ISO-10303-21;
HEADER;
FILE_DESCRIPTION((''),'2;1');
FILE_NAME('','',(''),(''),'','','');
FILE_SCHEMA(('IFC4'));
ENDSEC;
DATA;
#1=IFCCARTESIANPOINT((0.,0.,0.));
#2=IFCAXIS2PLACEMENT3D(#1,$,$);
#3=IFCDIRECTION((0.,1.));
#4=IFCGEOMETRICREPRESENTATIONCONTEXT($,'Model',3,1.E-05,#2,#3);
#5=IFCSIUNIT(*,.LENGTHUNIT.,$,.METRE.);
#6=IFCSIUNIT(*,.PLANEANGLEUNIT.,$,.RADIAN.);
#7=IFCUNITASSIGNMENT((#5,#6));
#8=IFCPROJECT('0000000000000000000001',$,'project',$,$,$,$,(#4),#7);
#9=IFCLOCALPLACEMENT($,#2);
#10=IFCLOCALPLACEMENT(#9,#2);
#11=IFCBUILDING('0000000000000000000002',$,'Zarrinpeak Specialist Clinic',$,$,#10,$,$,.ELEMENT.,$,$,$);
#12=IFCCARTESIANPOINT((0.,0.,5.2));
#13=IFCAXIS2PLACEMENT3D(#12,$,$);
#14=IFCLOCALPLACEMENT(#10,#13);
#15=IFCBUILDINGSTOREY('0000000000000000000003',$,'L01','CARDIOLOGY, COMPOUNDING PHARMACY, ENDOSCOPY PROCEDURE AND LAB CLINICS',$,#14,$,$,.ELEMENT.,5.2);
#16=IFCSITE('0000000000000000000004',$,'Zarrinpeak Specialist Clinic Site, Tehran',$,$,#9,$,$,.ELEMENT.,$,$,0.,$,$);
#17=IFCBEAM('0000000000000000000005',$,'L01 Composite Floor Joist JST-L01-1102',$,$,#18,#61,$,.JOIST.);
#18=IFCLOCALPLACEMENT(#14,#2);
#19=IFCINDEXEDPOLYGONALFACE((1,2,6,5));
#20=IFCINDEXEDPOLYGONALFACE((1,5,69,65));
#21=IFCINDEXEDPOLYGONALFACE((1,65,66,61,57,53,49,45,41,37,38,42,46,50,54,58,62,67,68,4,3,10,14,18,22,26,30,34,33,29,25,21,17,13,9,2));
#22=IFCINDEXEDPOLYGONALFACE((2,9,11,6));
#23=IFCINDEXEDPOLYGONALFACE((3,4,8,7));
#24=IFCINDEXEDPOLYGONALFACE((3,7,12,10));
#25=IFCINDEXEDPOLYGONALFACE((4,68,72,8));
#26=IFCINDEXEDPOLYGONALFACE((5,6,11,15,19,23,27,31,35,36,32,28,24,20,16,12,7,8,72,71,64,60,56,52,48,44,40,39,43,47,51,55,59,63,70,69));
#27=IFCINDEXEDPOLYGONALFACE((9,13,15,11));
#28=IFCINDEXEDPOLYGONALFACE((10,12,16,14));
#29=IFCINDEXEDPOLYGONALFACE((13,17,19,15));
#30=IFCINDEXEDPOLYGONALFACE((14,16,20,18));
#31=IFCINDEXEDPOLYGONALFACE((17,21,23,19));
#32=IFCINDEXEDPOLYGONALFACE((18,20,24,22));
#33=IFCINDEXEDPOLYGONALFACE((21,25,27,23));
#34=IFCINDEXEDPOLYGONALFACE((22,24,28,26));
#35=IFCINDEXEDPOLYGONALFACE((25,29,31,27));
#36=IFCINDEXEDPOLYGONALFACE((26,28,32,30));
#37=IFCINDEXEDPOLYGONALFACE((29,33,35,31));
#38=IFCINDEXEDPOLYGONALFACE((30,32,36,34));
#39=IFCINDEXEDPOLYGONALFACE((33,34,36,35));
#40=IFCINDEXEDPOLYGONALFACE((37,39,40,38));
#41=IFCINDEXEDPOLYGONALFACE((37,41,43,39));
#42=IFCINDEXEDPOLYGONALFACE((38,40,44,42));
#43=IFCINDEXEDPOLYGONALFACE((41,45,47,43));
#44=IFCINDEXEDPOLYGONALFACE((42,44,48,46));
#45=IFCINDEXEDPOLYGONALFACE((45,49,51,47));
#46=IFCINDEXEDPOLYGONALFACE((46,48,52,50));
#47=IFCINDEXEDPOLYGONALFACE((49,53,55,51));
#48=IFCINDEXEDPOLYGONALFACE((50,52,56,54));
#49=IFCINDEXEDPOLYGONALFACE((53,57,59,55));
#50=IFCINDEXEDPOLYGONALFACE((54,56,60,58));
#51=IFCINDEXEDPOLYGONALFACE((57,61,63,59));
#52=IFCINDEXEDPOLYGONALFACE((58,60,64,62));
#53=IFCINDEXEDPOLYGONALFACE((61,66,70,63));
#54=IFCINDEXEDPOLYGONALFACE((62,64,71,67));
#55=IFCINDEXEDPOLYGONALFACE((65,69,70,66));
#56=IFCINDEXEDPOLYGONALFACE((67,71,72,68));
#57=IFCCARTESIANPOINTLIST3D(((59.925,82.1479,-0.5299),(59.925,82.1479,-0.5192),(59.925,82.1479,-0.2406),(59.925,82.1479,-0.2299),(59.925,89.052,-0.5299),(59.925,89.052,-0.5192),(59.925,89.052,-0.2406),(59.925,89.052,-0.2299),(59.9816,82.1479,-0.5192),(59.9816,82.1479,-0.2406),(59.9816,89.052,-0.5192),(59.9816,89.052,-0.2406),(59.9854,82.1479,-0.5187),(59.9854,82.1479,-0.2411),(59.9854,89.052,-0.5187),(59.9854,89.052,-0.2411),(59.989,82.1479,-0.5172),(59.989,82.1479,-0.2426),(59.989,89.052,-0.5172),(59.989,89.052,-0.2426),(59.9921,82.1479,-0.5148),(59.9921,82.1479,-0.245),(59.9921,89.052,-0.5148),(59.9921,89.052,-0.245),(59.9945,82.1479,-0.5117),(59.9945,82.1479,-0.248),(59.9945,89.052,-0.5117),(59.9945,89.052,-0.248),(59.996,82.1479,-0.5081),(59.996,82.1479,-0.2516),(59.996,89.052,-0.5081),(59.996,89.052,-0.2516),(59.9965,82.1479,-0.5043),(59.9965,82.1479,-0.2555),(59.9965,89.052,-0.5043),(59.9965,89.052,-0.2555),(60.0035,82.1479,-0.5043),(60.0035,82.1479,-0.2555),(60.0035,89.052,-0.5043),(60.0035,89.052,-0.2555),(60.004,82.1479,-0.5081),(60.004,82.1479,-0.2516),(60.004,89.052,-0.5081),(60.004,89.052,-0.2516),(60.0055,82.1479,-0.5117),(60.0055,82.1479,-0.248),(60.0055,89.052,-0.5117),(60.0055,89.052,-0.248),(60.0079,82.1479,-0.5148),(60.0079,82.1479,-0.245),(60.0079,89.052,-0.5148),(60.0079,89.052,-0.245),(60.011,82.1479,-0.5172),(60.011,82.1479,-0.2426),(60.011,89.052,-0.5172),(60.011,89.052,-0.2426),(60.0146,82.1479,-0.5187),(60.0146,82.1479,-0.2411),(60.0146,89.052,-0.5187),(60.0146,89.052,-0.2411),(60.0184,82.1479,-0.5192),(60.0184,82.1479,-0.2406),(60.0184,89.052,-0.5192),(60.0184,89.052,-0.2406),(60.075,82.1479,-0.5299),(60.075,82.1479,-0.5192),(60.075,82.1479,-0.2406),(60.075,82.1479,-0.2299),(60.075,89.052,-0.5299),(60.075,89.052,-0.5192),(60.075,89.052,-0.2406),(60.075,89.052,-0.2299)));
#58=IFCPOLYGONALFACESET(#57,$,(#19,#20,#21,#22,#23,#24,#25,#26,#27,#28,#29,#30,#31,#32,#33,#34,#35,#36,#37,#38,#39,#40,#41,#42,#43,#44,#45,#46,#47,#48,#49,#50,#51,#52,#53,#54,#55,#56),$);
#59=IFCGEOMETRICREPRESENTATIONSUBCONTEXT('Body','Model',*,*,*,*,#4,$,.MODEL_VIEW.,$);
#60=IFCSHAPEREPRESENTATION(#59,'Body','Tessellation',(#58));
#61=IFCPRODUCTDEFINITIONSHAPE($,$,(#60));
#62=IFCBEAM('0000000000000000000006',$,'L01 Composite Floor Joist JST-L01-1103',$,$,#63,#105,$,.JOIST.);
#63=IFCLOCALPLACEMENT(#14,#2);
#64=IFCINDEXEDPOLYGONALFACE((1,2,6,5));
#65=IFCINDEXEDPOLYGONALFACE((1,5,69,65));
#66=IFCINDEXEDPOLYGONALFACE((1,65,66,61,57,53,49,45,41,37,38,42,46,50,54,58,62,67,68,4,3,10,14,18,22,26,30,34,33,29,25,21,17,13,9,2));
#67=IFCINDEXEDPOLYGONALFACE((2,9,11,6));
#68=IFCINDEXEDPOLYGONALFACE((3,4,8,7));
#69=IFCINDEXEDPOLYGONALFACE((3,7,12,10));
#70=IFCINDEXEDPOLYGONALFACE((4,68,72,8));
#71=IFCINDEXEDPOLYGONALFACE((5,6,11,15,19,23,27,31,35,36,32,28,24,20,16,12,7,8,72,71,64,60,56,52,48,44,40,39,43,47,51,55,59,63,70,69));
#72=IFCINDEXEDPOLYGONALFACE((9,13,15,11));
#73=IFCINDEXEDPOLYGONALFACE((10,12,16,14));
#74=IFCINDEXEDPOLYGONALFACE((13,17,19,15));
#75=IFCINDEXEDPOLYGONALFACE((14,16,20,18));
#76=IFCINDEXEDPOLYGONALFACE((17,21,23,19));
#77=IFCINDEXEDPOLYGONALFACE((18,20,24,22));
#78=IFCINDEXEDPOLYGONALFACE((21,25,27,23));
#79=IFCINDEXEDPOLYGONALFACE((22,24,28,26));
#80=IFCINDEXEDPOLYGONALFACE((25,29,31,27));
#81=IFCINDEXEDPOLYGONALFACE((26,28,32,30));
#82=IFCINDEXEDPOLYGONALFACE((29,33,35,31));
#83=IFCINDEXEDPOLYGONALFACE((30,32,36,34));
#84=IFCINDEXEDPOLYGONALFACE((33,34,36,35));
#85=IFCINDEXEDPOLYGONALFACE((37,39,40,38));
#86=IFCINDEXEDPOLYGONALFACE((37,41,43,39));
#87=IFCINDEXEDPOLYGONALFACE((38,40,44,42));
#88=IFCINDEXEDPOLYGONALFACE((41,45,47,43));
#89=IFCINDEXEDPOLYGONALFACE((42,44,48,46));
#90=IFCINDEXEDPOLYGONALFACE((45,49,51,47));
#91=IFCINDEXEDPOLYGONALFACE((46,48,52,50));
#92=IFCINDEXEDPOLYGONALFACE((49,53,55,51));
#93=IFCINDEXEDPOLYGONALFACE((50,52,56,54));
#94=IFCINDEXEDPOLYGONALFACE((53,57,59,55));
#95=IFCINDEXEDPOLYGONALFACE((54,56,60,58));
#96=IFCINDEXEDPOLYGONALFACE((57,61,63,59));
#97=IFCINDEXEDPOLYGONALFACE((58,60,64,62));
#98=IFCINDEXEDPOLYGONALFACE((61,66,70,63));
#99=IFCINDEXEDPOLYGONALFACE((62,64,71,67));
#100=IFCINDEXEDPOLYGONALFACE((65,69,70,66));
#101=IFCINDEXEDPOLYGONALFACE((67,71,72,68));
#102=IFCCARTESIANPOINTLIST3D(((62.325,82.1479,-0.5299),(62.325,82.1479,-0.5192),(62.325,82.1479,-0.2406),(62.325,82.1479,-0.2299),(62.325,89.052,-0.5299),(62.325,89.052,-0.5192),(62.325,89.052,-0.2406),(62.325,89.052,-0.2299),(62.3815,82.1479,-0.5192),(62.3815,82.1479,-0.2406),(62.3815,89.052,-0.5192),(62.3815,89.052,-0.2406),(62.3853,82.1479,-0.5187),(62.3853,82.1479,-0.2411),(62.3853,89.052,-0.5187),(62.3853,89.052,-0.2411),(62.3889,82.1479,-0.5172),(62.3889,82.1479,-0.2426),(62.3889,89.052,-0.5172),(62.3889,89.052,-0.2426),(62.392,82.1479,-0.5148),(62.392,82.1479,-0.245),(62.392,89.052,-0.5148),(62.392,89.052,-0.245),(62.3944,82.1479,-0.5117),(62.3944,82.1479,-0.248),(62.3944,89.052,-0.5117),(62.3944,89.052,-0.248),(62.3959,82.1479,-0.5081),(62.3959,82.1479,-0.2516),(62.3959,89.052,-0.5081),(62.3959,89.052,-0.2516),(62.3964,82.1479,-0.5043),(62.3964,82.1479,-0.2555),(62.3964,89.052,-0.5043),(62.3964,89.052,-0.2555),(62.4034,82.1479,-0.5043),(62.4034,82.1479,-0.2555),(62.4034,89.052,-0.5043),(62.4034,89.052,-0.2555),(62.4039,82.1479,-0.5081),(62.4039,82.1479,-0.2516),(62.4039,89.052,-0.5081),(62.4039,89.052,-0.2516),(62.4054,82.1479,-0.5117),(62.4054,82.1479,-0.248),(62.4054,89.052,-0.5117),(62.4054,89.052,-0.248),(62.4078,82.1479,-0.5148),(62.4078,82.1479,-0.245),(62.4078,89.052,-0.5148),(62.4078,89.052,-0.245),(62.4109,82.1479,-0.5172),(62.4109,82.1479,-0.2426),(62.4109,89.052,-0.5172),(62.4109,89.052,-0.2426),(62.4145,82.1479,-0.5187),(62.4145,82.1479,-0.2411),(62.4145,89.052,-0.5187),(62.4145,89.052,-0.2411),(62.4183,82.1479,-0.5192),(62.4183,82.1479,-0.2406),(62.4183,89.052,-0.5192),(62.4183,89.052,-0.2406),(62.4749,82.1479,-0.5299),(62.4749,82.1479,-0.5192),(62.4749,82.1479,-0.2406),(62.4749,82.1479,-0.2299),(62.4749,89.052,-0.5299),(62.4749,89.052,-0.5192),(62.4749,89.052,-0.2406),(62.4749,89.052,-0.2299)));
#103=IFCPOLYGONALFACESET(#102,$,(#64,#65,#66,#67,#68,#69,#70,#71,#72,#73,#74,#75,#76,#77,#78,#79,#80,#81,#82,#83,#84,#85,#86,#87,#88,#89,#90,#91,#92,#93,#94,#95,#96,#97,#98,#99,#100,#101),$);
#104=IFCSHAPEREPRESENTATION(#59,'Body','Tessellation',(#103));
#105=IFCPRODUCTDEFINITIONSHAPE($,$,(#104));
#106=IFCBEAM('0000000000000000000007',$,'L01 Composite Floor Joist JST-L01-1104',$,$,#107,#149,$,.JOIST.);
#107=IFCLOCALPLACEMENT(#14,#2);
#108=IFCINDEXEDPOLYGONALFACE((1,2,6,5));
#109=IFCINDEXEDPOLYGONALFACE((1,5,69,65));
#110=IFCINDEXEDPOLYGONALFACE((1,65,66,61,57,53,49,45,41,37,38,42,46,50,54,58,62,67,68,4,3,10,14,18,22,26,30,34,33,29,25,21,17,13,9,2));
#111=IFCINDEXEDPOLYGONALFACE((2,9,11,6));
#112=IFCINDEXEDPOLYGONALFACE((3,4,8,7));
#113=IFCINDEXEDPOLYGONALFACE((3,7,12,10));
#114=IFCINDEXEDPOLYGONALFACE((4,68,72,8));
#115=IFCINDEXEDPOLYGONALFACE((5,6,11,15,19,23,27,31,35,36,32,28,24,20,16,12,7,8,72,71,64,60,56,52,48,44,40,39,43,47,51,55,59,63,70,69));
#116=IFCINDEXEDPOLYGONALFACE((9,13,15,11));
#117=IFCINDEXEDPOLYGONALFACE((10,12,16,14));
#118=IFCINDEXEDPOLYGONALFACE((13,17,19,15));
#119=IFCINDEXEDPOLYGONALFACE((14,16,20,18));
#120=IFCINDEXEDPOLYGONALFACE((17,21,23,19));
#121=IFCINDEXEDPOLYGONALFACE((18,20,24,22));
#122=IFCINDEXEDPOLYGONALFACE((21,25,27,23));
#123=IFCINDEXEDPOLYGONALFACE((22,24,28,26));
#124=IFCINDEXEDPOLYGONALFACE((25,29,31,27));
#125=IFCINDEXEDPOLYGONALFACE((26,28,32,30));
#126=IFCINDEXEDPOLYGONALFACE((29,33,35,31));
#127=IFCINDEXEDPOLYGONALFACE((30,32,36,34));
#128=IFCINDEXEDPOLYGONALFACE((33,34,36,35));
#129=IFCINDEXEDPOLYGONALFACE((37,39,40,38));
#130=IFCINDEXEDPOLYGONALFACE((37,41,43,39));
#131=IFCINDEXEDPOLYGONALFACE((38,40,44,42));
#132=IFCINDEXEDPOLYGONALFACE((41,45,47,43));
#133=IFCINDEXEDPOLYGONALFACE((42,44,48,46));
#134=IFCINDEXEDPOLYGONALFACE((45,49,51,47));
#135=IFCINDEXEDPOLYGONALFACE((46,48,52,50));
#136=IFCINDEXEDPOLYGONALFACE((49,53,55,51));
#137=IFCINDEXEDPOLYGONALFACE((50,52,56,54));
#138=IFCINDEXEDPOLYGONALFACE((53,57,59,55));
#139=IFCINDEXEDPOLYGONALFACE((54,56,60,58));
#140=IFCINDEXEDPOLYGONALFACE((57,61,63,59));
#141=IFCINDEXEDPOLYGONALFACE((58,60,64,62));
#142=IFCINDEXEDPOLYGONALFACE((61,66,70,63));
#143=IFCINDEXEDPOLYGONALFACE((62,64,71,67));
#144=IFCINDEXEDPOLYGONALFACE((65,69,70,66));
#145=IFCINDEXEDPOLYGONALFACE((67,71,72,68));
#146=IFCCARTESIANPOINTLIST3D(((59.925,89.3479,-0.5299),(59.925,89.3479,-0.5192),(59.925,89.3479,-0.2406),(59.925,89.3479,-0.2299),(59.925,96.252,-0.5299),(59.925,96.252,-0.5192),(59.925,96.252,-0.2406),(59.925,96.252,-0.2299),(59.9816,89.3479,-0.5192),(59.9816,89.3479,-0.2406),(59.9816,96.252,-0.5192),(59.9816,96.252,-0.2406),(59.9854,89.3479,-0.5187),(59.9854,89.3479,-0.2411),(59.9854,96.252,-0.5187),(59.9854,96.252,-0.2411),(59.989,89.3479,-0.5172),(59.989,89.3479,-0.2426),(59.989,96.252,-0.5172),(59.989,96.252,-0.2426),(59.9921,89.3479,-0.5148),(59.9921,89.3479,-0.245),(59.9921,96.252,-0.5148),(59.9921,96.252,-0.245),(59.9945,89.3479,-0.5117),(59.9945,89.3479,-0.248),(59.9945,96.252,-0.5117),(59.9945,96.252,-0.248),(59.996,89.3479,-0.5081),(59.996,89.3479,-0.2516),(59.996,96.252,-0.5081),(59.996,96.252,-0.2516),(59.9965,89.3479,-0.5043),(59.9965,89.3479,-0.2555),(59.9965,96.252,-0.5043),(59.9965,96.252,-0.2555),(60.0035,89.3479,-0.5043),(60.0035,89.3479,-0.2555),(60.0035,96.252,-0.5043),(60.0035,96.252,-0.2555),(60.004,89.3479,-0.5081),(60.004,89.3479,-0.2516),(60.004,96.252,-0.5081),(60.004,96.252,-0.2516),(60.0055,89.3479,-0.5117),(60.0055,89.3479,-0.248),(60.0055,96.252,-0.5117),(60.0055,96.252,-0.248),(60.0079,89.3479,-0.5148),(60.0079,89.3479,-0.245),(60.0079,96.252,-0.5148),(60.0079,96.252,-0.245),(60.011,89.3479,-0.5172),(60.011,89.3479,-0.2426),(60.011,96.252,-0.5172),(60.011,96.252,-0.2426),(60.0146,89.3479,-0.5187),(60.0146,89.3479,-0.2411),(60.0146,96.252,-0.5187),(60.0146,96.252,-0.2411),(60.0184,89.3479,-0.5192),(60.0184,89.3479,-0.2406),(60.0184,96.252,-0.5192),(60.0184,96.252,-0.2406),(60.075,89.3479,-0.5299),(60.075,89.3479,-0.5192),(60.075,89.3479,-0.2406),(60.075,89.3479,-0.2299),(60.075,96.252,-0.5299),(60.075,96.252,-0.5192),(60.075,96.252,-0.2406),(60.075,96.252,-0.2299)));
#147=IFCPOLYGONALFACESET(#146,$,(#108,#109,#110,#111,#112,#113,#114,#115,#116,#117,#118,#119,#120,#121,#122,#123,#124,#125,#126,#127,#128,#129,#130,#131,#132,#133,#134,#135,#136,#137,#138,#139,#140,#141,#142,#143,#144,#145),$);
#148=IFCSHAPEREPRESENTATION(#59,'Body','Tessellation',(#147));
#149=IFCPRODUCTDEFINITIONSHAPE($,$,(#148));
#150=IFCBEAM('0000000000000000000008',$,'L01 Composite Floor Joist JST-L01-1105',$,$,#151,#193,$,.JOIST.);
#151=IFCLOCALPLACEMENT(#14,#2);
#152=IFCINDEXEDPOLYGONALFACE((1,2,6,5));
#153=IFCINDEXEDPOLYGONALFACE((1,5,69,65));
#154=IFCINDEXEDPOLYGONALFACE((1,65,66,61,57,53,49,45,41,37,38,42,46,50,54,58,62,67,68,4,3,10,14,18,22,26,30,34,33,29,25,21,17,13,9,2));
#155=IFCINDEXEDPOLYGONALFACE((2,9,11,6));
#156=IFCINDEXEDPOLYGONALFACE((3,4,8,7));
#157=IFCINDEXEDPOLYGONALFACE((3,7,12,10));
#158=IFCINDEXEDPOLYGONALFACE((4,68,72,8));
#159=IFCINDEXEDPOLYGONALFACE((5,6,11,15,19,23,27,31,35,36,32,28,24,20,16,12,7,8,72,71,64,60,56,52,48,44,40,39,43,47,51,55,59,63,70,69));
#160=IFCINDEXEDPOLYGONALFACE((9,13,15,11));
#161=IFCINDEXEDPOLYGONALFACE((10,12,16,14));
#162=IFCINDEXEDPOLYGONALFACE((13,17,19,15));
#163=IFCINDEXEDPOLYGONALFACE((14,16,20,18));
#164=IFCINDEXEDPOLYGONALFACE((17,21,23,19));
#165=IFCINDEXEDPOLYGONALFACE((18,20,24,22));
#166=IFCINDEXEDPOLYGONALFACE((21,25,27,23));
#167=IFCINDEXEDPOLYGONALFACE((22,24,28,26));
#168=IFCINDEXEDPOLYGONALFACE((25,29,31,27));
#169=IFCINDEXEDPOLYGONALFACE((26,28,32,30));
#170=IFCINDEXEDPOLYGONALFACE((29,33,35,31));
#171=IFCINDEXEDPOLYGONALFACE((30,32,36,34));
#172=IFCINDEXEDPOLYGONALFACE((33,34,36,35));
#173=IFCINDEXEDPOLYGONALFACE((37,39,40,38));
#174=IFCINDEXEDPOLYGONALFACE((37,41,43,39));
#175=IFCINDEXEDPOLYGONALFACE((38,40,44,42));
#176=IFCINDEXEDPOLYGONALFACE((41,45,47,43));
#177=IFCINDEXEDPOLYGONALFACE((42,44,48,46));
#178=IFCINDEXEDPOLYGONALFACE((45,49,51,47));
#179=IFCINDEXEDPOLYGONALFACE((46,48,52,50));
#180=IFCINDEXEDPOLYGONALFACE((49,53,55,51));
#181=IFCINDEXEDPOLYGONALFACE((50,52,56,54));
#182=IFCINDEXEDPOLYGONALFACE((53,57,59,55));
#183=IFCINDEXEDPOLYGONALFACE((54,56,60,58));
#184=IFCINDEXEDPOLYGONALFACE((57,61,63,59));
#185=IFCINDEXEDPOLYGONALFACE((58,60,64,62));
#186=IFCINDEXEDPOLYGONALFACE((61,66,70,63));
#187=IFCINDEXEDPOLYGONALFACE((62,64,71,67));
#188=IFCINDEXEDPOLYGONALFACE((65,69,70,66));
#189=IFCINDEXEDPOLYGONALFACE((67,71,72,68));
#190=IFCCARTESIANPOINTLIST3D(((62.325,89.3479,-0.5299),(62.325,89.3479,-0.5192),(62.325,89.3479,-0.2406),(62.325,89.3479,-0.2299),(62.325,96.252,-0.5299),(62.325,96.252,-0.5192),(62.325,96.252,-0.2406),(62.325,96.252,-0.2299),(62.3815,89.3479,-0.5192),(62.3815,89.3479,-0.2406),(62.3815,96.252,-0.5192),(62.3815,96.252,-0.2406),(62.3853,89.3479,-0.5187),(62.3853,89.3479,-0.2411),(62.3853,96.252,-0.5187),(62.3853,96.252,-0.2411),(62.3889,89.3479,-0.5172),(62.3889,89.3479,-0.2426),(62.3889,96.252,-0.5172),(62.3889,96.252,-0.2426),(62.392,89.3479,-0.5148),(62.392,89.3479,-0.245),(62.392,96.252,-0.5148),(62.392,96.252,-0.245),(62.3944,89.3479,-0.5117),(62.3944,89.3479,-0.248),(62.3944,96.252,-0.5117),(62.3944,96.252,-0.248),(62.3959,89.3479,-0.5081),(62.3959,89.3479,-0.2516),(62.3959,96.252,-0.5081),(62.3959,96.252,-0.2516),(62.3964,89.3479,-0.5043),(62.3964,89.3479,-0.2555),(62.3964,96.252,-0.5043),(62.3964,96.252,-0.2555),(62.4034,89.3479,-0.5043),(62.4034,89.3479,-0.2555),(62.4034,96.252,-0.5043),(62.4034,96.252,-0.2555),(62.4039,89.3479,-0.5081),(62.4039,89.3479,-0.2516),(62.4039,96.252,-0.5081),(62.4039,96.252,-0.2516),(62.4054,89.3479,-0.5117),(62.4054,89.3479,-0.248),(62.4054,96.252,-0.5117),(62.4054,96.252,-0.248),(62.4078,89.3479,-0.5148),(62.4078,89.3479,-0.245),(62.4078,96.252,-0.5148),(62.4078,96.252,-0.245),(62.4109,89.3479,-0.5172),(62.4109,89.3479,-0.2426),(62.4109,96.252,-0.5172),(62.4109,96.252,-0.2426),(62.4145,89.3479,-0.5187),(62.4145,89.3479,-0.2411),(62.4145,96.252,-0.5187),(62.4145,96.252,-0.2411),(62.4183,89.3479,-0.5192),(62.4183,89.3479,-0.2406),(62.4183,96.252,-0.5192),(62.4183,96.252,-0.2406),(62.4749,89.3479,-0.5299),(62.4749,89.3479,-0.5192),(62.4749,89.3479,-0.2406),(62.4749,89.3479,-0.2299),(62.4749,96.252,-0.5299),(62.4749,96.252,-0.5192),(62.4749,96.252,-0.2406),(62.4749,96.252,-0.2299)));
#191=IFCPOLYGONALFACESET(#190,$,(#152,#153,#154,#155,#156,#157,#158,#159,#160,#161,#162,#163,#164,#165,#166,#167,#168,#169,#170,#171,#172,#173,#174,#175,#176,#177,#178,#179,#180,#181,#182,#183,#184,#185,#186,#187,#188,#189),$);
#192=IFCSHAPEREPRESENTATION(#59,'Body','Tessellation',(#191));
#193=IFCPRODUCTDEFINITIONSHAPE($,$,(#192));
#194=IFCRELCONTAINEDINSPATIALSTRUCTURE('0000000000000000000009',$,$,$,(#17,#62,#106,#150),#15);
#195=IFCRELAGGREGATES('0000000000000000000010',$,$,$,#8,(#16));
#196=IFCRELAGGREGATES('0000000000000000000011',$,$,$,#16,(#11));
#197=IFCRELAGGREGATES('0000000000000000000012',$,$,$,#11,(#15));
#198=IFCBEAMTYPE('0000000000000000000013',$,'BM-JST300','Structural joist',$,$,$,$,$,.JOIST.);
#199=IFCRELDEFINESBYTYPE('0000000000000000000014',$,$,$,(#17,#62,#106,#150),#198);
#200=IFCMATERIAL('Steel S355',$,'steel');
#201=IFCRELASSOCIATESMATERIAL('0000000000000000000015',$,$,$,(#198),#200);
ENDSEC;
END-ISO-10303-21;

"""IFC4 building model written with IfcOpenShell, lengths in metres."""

from ifc_helpers import new_model, si_unit, direction, frame, origin, origin_2d, place, context, subcontext, project, spatial, i_section, extrude, material, material_profile, profile_set, type_object, element, save


model = new_model("IFC4")

# Units and contexts
model_context = context("Model", 3, precision=1e-05, world=origin(), true_north=direction((0.0, 1.0)))
body_context = subcontext(model_context, "Body", "Model", "MODEL_VIEW")
ifc_project = project(units=[si_unit("LENGTHUNIT", "METRE"), si_unit("PLANEANGLEUNIT", "RADIAN")], contexts=[model_context])

# Site, building, storey
site_placement = place(None, origin())
site = spatial("IfcSite", under=ifc_project, at=site_placement, Name="Zarrinpeak Specialist Clinic Site, Tehran", CompositionType="ELEMENT", RefElevation=0.0)
building_placement = place(site_placement, origin())
building = spatial("IfcBuilding", under=site, at=building_placement, Name="Zarrinpeak Specialist Clinic", CompositionType="ELEMENT")
storey_placement = place(building_placement, frame((0.0, 0.0, 5.2)))
storey = spatial("IfcBuildingStorey", under=building, at=storey_placement, Name="L01", Description="CARDIOLOGY, COMPOUNDING PHARMACY, ENDOSCOPY PROCEDURE AND LAB CLINICS", CompositionType="ELEMENT", Elevation=5.2)

# Shared definitions
ifc_material_1 = material(Name="Steel S355", Category="steel")

# Beams
ifc_material_profile_1 = material_profile(ifc_material_1, i_section(OverallWidth=0.1499, OverallDepth=0.3, WebThickness=0.0071, FlangeThickness=0.0107, FilletRadius=0.0149, at=origin_2d()), Name="IPE 300")
ifc_profile_set_1 = profile_set([ifc_material_profile_1], Name="Steel S355")
beam_type_1 = type_object("IfcBeamType", Name="BM-JST300", Description="Structural joist", PredefinedType="JOIST", material=ifc_profile_set_1)
for number, where, z_axis, x_axis, name in (
    (1, (60.0, 82.1479, -0.3799), (0.0, 1.0, 0.0), (-1.0, 0.0, 0.0), "L01 Composite Floor Joist JST-L01-1102"),
    (2, (62.3999, 82.1479, -0.3799), (0.0, 1.0, 0.0), (-1.0, 0.0, 0.0), "L01 Composite Floor Joist JST-L01-1103"),
    (3, (60.0, 89.3479, -0.3799), (0.0, 1.0, 0.0), (-1.0, 0.0, 0.0), "L01 Composite Floor Joist JST-L01-1104"),
    (4, (62.3999, 89.3479, -0.3799), (0.0, 1.0, 0.0), (-1.0, 0.0, 0.0), "L01 Composite Floor Joist JST-L01-1105"),
):
    element("IfcBeam", number, at=place(storey_placement, frame(where, z_axis=z_axis, x_axis=x_axis)), inside=storey, type_object=beam_type_1, Name=name, PredefinedType="JOIST", context=body_context, shape_type="SweptSolid", body=[
        extrude(i_section(OverallWidth=0.1499, OverallDepth=0.3, WebThickness=0.0071, FlangeThickness=0.0107, FilletRadius=0.0149, at=origin_2d()), origin(), (0.0, 0.0, 1.0), 6.9041),
    ])

save(model, "model.ifc")
